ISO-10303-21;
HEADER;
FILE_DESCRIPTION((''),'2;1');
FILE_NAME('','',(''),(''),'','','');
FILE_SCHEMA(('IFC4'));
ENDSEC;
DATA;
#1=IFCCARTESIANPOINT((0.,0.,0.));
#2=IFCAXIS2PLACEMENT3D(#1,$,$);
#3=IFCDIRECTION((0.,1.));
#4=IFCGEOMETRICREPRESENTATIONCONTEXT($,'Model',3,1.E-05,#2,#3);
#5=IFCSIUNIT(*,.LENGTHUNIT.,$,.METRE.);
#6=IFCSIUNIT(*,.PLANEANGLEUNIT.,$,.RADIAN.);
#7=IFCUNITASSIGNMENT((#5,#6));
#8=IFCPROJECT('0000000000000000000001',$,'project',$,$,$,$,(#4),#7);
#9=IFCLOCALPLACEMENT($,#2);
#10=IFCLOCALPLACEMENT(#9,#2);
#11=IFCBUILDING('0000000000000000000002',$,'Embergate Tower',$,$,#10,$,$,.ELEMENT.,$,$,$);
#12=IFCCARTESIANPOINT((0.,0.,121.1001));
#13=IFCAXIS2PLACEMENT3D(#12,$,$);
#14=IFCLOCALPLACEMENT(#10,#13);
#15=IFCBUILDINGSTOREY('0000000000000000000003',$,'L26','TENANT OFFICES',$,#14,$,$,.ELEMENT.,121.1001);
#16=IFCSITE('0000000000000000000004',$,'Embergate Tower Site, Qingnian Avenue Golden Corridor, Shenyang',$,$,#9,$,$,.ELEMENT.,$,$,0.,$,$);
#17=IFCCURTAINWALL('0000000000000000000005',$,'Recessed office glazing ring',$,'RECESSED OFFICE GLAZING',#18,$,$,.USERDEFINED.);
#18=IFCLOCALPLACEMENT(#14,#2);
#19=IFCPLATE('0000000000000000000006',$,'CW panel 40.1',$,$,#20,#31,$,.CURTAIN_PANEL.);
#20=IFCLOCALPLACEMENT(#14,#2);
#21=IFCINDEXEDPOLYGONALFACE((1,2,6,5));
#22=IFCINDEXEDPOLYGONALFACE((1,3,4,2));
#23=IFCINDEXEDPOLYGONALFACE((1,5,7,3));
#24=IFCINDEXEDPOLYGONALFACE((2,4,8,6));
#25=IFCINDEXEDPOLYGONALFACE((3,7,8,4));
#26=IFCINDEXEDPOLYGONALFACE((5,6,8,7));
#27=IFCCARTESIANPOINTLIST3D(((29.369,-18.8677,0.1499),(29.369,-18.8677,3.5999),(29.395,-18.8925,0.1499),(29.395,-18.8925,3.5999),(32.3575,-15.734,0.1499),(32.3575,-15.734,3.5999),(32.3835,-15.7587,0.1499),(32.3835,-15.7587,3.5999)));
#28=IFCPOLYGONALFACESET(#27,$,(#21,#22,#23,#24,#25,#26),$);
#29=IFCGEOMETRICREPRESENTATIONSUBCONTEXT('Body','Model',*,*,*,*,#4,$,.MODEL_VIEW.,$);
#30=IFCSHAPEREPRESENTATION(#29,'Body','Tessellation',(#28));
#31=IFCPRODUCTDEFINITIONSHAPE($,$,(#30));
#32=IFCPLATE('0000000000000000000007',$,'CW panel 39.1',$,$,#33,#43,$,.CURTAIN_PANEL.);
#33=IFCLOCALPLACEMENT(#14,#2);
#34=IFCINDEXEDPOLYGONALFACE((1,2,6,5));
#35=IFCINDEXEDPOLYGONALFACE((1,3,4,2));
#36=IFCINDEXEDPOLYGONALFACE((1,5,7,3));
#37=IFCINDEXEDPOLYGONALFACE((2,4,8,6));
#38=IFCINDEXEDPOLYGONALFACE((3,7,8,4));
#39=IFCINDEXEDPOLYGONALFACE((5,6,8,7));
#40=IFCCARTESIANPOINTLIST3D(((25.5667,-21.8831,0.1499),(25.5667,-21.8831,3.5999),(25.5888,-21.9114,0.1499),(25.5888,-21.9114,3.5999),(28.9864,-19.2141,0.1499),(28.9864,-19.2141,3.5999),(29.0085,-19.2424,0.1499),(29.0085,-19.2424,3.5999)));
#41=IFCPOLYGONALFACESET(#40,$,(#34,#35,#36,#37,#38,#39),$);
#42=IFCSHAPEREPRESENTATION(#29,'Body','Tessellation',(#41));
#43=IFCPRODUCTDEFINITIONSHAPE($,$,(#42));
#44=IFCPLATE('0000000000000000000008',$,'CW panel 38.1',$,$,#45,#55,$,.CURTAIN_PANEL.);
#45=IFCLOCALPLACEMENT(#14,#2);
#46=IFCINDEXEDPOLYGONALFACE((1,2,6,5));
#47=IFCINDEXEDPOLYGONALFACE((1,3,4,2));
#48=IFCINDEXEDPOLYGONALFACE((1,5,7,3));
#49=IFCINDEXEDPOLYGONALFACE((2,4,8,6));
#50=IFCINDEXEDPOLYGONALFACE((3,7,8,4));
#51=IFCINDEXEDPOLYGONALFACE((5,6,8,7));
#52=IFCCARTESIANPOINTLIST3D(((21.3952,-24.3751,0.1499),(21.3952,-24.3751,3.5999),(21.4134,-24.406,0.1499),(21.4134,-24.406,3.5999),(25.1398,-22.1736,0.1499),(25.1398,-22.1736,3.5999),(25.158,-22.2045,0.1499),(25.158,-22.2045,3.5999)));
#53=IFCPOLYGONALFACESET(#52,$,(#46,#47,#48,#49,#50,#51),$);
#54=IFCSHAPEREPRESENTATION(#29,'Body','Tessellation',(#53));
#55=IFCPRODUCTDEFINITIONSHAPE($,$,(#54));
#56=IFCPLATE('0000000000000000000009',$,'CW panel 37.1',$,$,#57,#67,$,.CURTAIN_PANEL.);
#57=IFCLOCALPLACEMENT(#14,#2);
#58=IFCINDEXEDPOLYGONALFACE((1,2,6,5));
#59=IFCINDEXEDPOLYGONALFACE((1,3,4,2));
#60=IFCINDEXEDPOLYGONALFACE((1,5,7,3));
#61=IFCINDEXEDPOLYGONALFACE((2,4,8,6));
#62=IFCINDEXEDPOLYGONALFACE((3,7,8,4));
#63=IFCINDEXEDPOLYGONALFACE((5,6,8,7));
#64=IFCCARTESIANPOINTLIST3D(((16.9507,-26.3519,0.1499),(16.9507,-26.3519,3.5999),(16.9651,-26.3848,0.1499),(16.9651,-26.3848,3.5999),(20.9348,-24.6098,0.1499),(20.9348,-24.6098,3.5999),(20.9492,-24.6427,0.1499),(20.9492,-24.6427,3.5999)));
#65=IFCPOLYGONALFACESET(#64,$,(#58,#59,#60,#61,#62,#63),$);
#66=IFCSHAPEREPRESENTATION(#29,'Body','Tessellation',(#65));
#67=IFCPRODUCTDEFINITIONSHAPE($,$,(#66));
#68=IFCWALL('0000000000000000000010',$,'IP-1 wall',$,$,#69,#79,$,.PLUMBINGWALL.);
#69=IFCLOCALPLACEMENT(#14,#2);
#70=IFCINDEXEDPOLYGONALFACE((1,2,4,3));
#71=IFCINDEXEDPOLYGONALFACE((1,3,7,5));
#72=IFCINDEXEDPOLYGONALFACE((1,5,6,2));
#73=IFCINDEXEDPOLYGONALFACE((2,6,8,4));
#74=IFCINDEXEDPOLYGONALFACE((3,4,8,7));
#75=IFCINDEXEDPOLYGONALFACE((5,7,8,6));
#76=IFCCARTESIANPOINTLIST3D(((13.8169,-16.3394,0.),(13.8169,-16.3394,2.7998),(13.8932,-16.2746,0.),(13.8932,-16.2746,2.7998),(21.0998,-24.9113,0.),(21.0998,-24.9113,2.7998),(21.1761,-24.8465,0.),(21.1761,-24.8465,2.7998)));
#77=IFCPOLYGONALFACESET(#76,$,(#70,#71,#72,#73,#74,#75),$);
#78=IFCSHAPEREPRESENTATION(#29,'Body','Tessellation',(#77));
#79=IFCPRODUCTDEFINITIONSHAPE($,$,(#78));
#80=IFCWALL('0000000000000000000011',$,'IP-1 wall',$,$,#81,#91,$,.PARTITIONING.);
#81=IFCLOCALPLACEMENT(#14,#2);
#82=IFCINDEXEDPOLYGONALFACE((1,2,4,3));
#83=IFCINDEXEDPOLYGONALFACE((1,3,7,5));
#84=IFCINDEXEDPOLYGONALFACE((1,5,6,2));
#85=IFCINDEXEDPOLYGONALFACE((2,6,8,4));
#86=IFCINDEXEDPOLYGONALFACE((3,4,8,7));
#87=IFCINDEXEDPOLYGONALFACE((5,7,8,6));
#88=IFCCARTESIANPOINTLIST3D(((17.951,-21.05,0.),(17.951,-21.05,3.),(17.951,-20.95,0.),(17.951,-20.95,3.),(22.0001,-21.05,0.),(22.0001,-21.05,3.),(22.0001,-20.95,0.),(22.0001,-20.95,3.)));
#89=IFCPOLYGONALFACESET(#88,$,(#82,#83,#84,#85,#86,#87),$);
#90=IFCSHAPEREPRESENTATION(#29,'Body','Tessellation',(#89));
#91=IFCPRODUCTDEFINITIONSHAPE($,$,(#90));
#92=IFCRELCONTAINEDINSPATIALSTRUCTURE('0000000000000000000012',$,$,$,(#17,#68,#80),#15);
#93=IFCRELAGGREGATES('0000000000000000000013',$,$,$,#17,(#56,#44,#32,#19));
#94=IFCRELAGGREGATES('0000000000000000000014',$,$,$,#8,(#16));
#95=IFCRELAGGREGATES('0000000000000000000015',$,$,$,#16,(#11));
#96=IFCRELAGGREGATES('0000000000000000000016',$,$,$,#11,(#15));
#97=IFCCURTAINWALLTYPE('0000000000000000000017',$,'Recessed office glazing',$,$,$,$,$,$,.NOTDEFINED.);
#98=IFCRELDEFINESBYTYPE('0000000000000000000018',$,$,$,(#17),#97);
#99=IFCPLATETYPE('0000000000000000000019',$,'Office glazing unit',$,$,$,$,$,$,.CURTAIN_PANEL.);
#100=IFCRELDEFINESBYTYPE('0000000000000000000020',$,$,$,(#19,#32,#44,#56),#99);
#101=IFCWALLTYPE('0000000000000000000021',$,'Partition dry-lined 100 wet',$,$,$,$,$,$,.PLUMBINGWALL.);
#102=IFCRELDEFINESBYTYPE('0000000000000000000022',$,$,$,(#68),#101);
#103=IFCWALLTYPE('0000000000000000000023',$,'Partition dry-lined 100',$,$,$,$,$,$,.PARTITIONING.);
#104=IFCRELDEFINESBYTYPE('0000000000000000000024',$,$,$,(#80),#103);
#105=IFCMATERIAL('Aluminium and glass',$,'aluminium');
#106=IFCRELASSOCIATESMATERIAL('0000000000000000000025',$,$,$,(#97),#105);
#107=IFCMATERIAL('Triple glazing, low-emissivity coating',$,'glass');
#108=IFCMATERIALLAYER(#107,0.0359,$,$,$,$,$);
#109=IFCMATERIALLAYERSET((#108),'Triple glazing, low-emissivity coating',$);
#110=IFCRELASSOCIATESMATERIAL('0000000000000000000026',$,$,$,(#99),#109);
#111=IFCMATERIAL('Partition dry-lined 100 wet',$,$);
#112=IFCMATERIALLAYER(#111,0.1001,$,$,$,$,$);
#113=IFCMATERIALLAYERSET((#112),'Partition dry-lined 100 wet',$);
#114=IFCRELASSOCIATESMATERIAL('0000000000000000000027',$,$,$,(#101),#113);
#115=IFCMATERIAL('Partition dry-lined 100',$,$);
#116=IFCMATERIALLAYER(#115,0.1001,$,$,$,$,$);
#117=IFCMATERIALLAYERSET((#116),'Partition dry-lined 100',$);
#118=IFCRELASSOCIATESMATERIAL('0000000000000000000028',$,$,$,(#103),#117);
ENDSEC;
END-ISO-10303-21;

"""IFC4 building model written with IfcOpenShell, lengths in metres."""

from ifc_helpers import new_model, si_unit, direction, frame, frame_2d, origin, origin_2d, place, context, subcontext, project, spatial, rectangle, extrude, source, transform, mapped, material, layer, layer_set, type_object, element, aggregate, save


model = new_model("IFC4")

# Units and contexts
model_context = context("Model", 3, precision=1e-05, world=origin(), true_north=direction((0.0, 1.0)))
body_context = subcontext(model_context, "Body", "Model", "MODEL_VIEW")
ifc_project = project(units=[si_unit("LENGTHUNIT", "METRE"), si_unit("PLANEANGLEUNIT", "RADIAN")], contexts=[model_context])

# Site, building, storey
site_placement = place(None, origin())
site = spatial("IfcSite", under=ifc_project, at=site_placement, Name="Embergate Tower Site, Qingnian Avenue Golden Corridor, Shenyang", CompositionType="ELEMENT", RefElevation=0.0)
building_placement = place(site_placement, origin())
building = spatial("IfcBuilding", under=site, at=building_placement, Name="Embergate Tower", CompositionType="ELEMENT")
storey_placement = place(building_placement, frame((0.0, 0.0, 121.1001)))
storey = spatial("IfcBuildingStorey", under=building, at=storey_placement, Name="L26", Description="TENANT OFFICES", CompositionType="ELEMENT", Elevation=121.1001)

# Curtain wall, plates
ifc_material_1 = material(Name="Aluminium and glass", Category="aluminium")
curtain_wall_type = type_object("IfcCurtainWallType", Name="Recessed office glazing", PredefinedType="NOTDEFINED", material=ifc_material_1)
curtain_wall_placement = place(storey_placement, origin())
curtain_wall = element("IfcCurtainWall", 1, at=curtain_wall_placement, inside=storey, type_object=curtain_wall_type, Name="Recessed office glazing ring", ObjectType="RECESSED OFFICE GLAZING", PredefinedType="USERDEFINED")
ifc_material_2 = material(Name="Triple glazing, low-emissivity coating", Category="glass")
ifc_layer_1 = layer(ifc_material_2, 0.0359)
ifc_layer_set_1 = layer_set([ifc_layer_1], Name="Triple glazing, low-emissivity coating")
plate_type = type_object("IfcPlateType", Name="Office glazing unit", PredefinedType="CURTAIN_PANEL", material=ifc_layer_set_1)
shared_shape_1 = source(origin(), body_context, "Body", "SweptSolid", [
    extrude(rectangle(XDim=4.3303, YDim=0.0359, at=origin_2d()), origin(), (0.0, 0.0, 1.0), 3.45),
])
plate_1_placement = place(storey_placement, frame((30.8762, -17.3132, 0.1499), z_axis=(0.0, 0.0, 1.0), x_axis=(0.690135, 0.723681, 0.0)))
plate_1 = element("IfcPlate", 2, at=plate_1_placement, type_object=plate_type, Name="CW panel 40.1", PredefinedType="CURTAIN_PANEL", context=body_context, shape_type="MappedRepresentation", body=[
    mapped(shared_shape_1, transform((0.0, 0.0, 0.0))),
])
shared_shape_2 = source(origin(), body_context, "Body", "SweptSolid", [
    extrude(rectangle(XDim=4.3379, YDim=0.0359, at=origin_2d()), origin(), (0.0, 0.0, 1.0), 3.45),
])
plate_2_placement = place(storey_placement, frame((27.2876, -20.5627, 0.1499), z_axis=(0.0, 0.0, 1.0), x_axis=(0.78832, 0.615265, 0.0)))
plate_2 = element("IfcPlate", 3, at=plate_2_placement, type_object=plate_type, Name="CW panel 39.1", PredefinedType="CURTAIN_PANEL", context=body_context, shape_type="MappedRepresentation", body=[
    mapped(shared_shape_2, transform((0.0, 0.0, 0.0))),
])
shared_shape_3 = source(origin(), body_context, "Body", "SweptSolid", [
    extrude(rectangle(XDim=4.3438, YDim=0.0359, at=origin_2d()), origin(), (0.0, 0.0, 1.0), 3.45),
])
plate_3_placement = place(storey_placement, frame((23.2766, -23.2898, 0.1499), z_axis=(0.0, 0.0, 1.0), x_axis=(0.862053, 0.506818, 0.0)))
plate_3 = element("IfcPlate", 4, at=plate_3_placement, type_object=plate_type, Name="CW panel 38.1", PredefinedType="CURTAIN_PANEL", context=body_context, shape_type="MappedRepresentation", body=[
    mapped(shared_shape_3, transform((0.0, 0.0, 0.0))),
])
shared_shape_4 = source(origin(), body_context, "Body", "SweptSolid", [
    extrude(rectangle(XDim=4.3484, YDim=0.0359, at=origin_2d()), origin(), (0.0, 0.0, 1.0), 3.45),
])
plate_4_placement = place(storey_placement, frame((18.95, -25.4973, 0.1499), z_axis=(0.0, 0.0, 1.0), x_axis=(0.916236, 0.400638, 0.0)))
plate_4 = element("IfcPlate", 5, at=plate_4_placement, type_object=plate_type, Name="CW panel 37.1", PredefinedType="CURTAIN_PANEL", context=body_context, shape_type="MappedRepresentation", body=[
    mapped(shared_shape_4, transform((0.0, 0.0, 0.0))),
])
aggregate(curtain_wall, [plate_4, plate_3, plate_2, plate_1])

# Walls
ifc_material_3 = material(Name="Partition dry-lined 100 wet")
ifc_layer_2 = layer(ifc_material_3, 0.1001)
ifc_layer_set_2 = layer_set([ifc_layer_2], Name="Partition dry-lined 100 wet")
wall_type_1 = type_object("IfcWallType", Name="Partition dry-lined 100 wet", PredefinedType="PLUMBINGWALL", material=ifc_layer_set_2)
shared_shape_5 = source(origin(), body_context, "Body", "SweptSolid", [
    extrude(rectangle(XDim=11.248, YDim=0.1001, at=frame_2d((5.624, 0.0))), origin(), (0.0, 0.0, 1.0), 2.7998),
])
wall_1_placement = place(storey_placement, frame((21.1379, -24.8789, 0.0), z_axis=(0.0, 0.0, 1.0), x_axis=(-0.64748, 0.762082, 0.0)))
element("IfcWall", 6, at=wall_1_placement, inside=storey, type_object=wall_type_1, Name="IP-1 wall", PredefinedType="PLUMBINGWALL", context=body_context, shape_type="MappedRepresentation", body=[
    mapped(shared_shape_5, transform((0.0, 0.0, 0.0))),
])
ifc_material_4 = material(Name="Partition dry-lined 100")
ifc_layer_3 = layer(ifc_material_4, 0.1001)
ifc_layer_set_3 = layer_set([ifc_layer_3], Name="Partition dry-lined 100")
wall_type_2 = type_object("IfcWallType", Name="Partition dry-lined 100", PredefinedType="PARTITIONING", material=ifc_layer_set_3)
shared_shape_6 = source(origin(), body_context, "Body", "SweptSolid", [
    extrude(rectangle(XDim=4.0491, YDim=0.1001, at=frame_2d((2.0244, 0.0))), origin(), (0.0, 0.0, 1.0), 3.0),
])
wall_2_placement = place(storey_placement, frame((22.0, -21.0, 0.0), z_axis=(0.0, 0.0, 1.0), x_axis=(-1.0, 0.0, 0.0)))
element("IfcWall", 7, at=wall_2_placement, inside=storey, type_object=wall_type_2, Name="IP-1 wall", PredefinedType="PARTITIONING", context=body_context, shape_type="MappedRepresentation", body=[
    mapped(shared_shape_6, transform((0.0, 0.0, 0.0))),
])

save(model, "model.ifc")
